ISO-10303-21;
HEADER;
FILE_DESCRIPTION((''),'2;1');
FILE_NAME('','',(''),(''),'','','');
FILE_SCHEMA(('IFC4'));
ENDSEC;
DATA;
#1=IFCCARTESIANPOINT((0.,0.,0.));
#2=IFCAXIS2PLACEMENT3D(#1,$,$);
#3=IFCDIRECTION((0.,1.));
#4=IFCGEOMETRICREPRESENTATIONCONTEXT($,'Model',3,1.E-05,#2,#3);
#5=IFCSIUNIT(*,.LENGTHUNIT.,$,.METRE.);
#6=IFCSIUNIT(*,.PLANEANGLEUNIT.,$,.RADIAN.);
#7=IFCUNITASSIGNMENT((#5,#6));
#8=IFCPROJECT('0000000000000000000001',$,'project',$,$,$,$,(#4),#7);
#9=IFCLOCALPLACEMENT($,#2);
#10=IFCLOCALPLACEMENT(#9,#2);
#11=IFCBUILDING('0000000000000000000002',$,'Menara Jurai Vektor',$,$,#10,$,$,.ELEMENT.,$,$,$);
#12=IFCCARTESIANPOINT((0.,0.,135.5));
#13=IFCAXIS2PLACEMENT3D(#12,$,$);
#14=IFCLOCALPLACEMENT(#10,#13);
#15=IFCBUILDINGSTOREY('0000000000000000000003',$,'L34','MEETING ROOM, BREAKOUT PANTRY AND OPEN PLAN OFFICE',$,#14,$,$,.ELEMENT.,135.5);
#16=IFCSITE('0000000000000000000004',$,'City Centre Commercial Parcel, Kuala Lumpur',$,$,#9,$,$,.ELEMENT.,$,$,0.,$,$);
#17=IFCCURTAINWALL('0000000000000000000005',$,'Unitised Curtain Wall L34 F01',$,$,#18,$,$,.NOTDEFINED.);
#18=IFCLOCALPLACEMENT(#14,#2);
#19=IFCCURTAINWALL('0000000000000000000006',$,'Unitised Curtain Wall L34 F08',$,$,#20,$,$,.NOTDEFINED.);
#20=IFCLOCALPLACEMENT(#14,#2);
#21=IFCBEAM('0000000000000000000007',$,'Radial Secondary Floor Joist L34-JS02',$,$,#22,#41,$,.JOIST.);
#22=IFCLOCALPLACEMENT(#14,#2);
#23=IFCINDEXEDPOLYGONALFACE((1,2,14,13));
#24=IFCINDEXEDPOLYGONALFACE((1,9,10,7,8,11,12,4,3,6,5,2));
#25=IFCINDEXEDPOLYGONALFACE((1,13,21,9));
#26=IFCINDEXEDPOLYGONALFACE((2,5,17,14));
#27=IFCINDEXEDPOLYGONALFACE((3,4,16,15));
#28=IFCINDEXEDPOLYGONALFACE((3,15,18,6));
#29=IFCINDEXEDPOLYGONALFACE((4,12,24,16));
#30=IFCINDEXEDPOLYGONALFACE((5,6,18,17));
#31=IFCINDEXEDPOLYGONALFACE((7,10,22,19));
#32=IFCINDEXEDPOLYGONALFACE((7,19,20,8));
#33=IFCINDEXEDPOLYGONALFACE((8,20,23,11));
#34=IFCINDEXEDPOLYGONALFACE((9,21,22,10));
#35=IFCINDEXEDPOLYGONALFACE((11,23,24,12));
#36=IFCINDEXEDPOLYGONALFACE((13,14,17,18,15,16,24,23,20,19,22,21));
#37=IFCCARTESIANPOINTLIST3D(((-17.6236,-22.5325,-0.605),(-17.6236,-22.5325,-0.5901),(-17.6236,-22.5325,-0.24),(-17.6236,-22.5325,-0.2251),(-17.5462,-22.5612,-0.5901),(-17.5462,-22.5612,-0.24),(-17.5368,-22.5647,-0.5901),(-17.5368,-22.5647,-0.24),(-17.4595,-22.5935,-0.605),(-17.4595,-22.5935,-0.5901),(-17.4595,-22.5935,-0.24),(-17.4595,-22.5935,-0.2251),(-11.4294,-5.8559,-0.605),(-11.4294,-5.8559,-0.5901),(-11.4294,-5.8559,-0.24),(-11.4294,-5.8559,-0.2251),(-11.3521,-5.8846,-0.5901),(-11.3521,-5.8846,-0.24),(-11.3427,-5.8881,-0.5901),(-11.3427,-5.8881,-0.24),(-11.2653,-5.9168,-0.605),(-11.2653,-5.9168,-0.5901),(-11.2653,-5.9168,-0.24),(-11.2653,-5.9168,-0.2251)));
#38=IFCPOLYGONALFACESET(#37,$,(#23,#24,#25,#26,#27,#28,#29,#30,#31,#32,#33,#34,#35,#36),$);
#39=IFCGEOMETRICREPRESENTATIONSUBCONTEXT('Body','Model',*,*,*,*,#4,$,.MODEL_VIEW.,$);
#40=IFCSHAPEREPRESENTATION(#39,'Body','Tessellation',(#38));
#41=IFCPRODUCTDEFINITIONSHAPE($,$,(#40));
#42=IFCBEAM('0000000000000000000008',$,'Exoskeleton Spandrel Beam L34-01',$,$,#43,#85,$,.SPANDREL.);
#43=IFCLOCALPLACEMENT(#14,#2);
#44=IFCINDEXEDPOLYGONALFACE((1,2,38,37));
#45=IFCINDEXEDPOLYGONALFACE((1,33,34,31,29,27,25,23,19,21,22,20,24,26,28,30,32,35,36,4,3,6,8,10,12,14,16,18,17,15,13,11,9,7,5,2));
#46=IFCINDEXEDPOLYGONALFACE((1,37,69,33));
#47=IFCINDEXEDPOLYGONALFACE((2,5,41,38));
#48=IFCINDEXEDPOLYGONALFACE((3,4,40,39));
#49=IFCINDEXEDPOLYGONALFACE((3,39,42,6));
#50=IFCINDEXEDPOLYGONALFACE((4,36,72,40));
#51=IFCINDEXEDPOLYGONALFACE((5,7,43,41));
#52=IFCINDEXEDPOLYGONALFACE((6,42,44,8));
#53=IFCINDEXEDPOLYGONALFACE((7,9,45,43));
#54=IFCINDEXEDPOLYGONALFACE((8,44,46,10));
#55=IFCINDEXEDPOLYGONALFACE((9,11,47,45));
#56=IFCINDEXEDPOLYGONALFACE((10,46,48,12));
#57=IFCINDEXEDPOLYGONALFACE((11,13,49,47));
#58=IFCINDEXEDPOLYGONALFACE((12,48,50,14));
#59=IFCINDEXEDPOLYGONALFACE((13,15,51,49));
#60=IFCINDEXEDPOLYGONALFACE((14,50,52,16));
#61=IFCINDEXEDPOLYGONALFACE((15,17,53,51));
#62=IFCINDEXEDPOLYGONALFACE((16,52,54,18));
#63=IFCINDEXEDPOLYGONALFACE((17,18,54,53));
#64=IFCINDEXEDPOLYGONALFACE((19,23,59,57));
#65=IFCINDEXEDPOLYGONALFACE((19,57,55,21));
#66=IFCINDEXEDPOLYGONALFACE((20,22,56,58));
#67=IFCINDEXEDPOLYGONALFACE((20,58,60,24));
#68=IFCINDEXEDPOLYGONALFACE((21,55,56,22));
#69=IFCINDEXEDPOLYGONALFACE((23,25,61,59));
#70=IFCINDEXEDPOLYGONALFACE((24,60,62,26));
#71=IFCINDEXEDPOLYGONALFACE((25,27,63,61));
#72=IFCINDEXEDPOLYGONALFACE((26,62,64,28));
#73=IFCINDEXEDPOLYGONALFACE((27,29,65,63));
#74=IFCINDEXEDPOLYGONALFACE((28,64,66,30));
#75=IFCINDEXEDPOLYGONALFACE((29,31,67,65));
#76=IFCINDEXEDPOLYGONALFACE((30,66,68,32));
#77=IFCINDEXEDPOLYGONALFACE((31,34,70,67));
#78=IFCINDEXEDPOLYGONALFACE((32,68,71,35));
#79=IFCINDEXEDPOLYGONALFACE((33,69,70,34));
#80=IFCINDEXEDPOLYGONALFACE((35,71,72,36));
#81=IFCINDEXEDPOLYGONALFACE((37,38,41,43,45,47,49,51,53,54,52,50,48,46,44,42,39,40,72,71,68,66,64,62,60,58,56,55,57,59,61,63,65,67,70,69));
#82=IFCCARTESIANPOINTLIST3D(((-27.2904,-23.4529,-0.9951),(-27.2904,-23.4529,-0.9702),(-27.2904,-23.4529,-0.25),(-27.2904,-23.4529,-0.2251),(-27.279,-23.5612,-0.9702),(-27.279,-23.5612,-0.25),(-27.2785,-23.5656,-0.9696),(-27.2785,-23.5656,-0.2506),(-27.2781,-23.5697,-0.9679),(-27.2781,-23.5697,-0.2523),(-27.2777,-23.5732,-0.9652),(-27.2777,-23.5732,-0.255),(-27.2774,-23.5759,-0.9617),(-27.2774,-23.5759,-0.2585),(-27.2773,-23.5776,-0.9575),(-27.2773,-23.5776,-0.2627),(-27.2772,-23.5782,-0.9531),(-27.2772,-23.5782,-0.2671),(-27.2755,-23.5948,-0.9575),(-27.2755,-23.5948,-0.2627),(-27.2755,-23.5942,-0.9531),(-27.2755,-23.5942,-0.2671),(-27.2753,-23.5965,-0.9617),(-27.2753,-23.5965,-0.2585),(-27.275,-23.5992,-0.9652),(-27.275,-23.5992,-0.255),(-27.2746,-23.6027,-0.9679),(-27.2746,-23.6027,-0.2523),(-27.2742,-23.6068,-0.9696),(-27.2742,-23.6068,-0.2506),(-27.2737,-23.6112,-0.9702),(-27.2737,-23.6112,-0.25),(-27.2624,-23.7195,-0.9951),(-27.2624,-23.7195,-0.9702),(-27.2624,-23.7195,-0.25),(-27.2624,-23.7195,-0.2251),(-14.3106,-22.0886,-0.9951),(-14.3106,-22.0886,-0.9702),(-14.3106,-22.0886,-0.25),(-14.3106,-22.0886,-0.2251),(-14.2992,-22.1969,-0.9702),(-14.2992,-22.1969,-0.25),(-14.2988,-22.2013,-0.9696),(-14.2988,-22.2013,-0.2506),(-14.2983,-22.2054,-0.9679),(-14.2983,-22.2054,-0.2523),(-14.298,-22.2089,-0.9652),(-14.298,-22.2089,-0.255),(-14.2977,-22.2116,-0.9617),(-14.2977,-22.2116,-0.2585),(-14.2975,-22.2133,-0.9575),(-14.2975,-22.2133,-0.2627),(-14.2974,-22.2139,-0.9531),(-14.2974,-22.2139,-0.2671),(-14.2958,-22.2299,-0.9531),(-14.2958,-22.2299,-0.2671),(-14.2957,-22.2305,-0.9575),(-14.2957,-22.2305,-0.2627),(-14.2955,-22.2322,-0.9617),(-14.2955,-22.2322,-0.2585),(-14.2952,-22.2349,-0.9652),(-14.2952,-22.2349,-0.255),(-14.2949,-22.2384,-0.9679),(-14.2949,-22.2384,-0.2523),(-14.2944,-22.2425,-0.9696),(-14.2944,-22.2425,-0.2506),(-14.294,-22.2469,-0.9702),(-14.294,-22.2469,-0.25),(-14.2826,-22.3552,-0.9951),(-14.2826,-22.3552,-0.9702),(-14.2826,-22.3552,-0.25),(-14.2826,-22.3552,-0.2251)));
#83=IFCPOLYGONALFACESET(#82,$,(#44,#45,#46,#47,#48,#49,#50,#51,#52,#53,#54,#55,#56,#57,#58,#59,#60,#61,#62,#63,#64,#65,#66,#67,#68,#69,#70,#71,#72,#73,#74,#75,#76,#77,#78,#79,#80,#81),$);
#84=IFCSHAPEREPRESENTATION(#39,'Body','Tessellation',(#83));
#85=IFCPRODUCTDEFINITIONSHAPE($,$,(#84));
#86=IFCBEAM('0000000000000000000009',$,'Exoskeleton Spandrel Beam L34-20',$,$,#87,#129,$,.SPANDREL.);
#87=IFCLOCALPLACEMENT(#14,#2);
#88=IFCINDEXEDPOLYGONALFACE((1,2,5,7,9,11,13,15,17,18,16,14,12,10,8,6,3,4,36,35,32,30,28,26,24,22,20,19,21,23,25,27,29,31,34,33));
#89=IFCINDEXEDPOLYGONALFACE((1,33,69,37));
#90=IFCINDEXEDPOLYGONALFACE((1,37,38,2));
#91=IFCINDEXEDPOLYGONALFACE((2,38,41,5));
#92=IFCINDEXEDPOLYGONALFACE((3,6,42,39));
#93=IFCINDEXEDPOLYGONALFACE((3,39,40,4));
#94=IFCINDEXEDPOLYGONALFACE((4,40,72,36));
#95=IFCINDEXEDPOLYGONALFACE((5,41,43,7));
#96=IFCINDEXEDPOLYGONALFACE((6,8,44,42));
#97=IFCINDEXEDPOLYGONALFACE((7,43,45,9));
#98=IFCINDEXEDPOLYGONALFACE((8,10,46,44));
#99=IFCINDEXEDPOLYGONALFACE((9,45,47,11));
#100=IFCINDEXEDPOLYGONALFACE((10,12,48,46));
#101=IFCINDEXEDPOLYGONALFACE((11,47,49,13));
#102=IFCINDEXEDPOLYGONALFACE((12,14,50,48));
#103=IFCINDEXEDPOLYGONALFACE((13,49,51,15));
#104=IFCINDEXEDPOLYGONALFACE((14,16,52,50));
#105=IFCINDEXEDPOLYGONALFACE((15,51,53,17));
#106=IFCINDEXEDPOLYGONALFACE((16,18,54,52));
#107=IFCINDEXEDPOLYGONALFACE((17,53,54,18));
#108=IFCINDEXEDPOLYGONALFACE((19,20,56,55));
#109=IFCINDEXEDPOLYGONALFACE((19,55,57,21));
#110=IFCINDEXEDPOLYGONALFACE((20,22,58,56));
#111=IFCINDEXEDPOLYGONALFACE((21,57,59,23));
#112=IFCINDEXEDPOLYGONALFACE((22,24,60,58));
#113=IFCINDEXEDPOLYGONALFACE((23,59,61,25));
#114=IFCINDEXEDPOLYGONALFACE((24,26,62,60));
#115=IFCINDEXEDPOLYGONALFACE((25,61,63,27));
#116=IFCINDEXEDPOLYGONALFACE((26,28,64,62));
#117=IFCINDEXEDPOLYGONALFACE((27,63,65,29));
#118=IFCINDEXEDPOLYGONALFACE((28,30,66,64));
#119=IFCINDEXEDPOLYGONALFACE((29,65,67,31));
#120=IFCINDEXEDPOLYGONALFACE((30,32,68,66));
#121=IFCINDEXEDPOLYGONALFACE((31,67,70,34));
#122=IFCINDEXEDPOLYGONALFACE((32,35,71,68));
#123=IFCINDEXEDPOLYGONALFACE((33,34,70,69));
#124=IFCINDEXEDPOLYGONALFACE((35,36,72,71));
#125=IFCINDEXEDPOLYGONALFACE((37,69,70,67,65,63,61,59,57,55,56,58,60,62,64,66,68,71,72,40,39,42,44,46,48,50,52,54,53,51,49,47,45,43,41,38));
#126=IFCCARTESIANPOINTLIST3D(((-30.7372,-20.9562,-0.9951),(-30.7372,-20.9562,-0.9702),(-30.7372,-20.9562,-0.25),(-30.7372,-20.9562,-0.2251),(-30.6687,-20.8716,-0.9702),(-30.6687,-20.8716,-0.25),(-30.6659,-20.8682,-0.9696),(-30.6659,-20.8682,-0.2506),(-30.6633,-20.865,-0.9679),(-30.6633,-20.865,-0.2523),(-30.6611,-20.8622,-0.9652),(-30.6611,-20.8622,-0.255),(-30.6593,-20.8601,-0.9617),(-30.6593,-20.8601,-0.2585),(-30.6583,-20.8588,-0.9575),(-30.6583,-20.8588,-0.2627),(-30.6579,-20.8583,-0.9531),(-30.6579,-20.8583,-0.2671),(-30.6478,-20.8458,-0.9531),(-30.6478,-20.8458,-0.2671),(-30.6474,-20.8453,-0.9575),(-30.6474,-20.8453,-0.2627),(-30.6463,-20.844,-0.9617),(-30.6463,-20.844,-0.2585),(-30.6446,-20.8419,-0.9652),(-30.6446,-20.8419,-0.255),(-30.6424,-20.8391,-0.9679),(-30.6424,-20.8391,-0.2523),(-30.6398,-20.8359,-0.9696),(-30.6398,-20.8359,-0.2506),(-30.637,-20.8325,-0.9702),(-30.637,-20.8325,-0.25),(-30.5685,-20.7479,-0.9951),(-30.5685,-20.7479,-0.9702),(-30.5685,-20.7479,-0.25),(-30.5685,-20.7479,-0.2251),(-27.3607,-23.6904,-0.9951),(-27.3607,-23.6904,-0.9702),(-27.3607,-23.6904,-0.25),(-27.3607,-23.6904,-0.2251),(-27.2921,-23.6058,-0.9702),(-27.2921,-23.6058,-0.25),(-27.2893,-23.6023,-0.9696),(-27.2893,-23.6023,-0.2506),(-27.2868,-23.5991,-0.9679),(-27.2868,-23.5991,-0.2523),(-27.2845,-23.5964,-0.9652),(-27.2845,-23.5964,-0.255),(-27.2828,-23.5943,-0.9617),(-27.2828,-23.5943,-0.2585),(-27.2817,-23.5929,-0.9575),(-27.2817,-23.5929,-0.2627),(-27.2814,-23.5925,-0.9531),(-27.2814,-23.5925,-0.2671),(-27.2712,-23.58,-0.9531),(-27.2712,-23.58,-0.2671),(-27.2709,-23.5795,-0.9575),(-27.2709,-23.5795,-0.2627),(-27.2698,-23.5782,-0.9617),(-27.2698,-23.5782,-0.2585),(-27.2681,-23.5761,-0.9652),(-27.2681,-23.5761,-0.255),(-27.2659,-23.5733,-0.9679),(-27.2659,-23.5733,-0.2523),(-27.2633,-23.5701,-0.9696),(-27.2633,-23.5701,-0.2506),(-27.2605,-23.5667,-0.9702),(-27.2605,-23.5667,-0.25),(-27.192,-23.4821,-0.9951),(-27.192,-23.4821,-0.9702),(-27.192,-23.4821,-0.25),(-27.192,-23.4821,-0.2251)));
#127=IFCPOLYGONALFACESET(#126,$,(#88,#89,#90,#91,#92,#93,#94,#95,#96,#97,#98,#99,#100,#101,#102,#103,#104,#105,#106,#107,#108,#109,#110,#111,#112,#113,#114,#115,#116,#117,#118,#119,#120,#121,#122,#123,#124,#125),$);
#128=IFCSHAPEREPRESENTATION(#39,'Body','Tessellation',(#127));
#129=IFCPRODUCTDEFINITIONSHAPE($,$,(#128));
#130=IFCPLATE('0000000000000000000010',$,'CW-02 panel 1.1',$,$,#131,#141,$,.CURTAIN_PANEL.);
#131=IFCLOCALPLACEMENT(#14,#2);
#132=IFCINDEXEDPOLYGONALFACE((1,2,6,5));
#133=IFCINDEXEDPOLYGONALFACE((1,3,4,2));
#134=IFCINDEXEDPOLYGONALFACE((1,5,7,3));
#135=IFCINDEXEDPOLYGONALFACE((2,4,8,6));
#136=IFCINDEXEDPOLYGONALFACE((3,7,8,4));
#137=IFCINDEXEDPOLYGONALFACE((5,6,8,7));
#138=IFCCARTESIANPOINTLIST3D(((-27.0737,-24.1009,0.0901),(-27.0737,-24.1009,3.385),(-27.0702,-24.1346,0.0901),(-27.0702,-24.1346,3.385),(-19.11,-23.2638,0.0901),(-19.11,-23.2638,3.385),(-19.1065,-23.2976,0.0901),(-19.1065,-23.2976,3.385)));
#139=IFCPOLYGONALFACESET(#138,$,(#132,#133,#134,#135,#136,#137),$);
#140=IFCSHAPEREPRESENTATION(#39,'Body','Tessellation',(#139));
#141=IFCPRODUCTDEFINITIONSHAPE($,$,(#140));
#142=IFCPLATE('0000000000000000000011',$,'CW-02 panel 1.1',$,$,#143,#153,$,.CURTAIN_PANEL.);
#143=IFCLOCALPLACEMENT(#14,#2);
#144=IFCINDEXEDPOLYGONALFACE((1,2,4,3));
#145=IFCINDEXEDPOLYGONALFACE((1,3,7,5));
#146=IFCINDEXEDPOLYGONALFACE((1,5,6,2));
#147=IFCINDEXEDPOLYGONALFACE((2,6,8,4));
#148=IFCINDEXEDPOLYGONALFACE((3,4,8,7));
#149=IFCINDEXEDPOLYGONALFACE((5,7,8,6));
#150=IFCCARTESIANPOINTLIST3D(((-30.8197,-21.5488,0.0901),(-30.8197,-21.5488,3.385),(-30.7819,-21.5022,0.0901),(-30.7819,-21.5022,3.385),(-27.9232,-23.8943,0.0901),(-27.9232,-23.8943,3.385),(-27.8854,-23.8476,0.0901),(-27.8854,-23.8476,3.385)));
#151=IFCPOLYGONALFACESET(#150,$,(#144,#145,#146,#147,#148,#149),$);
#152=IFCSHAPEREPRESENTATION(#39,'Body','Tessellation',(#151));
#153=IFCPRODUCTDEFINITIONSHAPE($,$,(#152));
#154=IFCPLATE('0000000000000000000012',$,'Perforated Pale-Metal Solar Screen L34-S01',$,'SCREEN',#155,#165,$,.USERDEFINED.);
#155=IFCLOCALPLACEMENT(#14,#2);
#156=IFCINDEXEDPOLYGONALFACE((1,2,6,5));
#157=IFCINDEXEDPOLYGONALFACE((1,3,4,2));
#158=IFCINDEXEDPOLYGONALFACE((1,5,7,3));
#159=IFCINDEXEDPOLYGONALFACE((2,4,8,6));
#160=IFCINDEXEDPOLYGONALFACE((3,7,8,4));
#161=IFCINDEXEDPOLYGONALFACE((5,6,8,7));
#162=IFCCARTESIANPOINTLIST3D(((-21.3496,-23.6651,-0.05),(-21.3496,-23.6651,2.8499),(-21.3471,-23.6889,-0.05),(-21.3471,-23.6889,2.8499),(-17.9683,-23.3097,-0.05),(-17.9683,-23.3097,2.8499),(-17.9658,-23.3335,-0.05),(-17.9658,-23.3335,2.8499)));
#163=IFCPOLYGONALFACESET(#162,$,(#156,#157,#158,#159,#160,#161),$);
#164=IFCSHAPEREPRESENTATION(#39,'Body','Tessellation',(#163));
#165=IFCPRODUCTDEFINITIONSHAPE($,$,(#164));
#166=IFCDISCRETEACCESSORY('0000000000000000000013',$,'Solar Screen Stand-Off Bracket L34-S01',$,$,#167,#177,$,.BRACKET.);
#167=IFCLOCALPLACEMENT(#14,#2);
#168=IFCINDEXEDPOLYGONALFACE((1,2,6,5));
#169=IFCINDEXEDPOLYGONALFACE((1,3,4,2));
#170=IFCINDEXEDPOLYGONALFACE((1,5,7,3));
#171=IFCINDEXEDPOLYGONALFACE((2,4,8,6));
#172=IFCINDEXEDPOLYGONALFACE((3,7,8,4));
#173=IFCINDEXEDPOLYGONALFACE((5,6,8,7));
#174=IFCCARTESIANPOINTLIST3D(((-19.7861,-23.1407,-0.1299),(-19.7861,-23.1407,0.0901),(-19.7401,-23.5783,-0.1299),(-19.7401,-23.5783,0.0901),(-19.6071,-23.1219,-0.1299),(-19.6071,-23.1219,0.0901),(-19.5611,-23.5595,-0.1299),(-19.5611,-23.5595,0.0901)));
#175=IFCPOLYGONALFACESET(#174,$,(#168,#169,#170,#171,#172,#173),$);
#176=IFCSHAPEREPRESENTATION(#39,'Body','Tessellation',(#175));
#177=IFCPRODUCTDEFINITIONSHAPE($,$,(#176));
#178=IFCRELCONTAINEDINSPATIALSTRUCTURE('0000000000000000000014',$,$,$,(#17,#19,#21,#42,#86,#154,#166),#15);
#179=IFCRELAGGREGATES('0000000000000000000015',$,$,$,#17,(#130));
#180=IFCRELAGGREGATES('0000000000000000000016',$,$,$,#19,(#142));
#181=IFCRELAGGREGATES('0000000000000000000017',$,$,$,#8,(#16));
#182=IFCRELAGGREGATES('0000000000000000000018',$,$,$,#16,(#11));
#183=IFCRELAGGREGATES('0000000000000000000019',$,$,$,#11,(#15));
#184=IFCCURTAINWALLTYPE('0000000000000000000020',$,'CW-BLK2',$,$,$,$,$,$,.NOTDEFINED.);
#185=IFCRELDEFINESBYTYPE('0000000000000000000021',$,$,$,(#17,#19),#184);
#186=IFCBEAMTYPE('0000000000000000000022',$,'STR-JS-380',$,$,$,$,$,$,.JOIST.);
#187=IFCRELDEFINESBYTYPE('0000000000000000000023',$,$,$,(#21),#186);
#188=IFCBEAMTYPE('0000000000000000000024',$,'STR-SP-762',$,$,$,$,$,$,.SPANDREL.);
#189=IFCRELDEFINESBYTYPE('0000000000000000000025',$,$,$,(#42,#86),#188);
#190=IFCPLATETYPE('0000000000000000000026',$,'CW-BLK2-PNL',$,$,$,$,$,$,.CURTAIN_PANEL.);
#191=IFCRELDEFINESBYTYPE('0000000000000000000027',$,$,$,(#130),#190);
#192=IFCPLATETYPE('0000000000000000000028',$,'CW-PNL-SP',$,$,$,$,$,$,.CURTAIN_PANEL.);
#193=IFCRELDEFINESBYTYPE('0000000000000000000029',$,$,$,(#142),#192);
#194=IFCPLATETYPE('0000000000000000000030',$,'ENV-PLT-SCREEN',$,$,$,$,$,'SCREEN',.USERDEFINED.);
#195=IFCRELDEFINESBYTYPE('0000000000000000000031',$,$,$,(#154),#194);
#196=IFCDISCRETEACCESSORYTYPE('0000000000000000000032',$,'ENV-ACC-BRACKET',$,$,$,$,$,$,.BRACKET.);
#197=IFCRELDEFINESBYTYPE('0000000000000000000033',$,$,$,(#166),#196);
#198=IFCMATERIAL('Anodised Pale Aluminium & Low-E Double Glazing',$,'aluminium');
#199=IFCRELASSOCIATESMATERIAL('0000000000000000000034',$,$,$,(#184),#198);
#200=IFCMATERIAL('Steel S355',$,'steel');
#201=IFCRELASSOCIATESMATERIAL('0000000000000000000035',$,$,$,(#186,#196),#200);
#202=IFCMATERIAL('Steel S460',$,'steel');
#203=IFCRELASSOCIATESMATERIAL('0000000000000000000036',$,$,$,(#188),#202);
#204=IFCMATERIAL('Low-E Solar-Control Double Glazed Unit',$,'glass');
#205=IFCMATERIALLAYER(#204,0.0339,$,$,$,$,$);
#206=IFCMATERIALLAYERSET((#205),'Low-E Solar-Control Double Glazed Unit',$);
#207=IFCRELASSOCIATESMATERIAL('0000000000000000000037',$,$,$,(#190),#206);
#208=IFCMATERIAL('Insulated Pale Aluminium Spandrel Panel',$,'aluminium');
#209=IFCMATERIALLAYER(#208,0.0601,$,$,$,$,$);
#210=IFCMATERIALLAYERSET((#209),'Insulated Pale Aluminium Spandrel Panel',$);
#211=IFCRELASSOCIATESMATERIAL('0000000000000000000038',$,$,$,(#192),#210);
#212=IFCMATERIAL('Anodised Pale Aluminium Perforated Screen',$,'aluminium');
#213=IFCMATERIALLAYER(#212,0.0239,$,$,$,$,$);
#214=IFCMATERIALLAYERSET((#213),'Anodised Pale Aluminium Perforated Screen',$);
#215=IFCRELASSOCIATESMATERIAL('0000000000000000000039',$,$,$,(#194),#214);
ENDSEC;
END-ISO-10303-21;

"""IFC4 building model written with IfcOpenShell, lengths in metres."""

from ifc_helpers import new_model, si_unit, direction, frame, origin, origin_2d, place, context, subcontext, project, spatial, rectangle, i_section, extrude, material, layer, layer_set, material_profile, profile_set, type_object, element, aggregate, save


model = new_model("IFC4")

# Units and contexts
model_context = context("Model", 3, precision=1e-05, world=origin(), true_north=direction((0.0, 1.0)))
body_context = subcontext(model_context, "Body", "Model", "MODEL_VIEW")
ifc_project = project(units=[si_unit("LENGTHUNIT", "METRE"), si_unit("PLANEANGLEUNIT", "RADIAN")], contexts=[model_context])

# Site, building, storey
site_placement = place(None, origin())
site = spatial("IfcSite", under=ifc_project, at=site_placement, Name="City Centre Commercial Parcel, Kuala Lumpur", CompositionType="ELEMENT", RefElevation=0.0)
building_placement = place(site_placement, origin())
building = spatial("IfcBuilding", under=site, at=building_placement, Name="Menara Jurai Vektor", CompositionType="ELEMENT")
storey_placement = place(building_placement, frame((0.0, 0.0, 135.5)))
storey = spatial("IfcBuildingStorey", under=building, at=storey_placement, Name="L34", Description="MEETING ROOM, BREAKOUT PANTRY AND OPEN PLAN OFFICE", CompositionType="ELEMENT", Elevation=135.5)

# Shared definitions
ifc_material_1 = material(Name="Steel S460", Category="steel")

# Curtain walls
ifc_material_2 = material(Name="Anodised Pale Aluminium & Low-E Double Glazing", Category="aluminium")
curtain_wall_type = type_object("IfcCurtainWallType", Name="CW-BLK2", PredefinedType="NOTDEFINED", material=ifc_material_2)
curtain_wall_1_placement = place(storey_placement, origin())
curtain_wall_1 = element("IfcCurtainWall", 1, at=curtain_wall_1_placement, inside=storey, type_object=curtain_wall_type, Name="Unitised Curtain Wall L34 F01", PredefinedType="NOTDEFINED")
curtain_wall_2_placement = place(storey_placement, origin())
curtain_wall_2 = element("IfcCurtainWall", 2, at=curtain_wall_2_placement, inside=storey, type_object=curtain_wall_type, Name="Unitised Curtain Wall L34 F08", PredefinedType="NOTDEFINED")

# Shared definitions
ifc_material_3 = material(Name="Steel S355", Category="steel")

# Beams
ifc_material_profile_1 = material_profile(ifc_material_3, i_section(OverallWidth=0.175, OverallDepth=0.3799, WebThickness=0.01, FlangeThickness=0.0149, at=origin_2d()), Name="PG 380x175x58")
ifc_profile_set_1 = profile_set([ifc_material_profile_1], Name="Steel S355")
beam_type_1 = type_object("IfcBeamType", Name="STR-JS-380", PredefinedType="JOIST", material=ifc_profile_set_1)
beam_1_placement = place(storey_placement, frame((-17.5415, -22.563, -0.415), z_axis=(0.348184, 0.937426, 0.0), x_axis=(-0.937426, 0.348184, 0.0)))
element("IfcBeam", 3, at=beam_1_placement, inside=storey, type_object=beam_type_1, Name="Radial Secondary Floor Joist L34-JS02", PredefinedType="JOIST", context=body_context, shape_type="SweptSolid", body=[
    extrude(i_section(OverallWidth=0.175, OverallDepth=0.3799, WebThickness=0.01, FlangeThickness=0.0149, at=origin_2d()), origin(), (0.0, 0.0, 1.0), 17.7898),
])
ifc_material_profile_2 = material_profile(ifc_material_1, i_section(OverallWidth=0.2681, OverallDepth=0.77, WebThickness=0.0161, FlangeThickness=0.0249, FilletRadius=0.0171, at=origin_2d()), Name="UKB 762x267x197")
ifc_profile_set_2 = profile_set([ifc_material_profile_2], Name="Steel S460")
beam_type_2 = type_object("IfcBeamType", Name="STR-SP-762", PredefinedType="SPANDREL", material=ifc_profile_set_2)
beam_2_placement = place(storey_placement, frame((-27.2764, -23.5862, -0.6101), z_axis=(0.994522, 0.104531, 0.0), x_axis=(-0.104531, 0.994522, 0.0)))
element("IfcBeam", 4, at=beam_2_placement, inside=storey, type_object=beam_type_2, Name="Exoskeleton Spandrel Beam L34-01", PredefinedType="SPANDREL", context=body_context, shape_type="SweptSolid", body=[
    extrude(i_section(OverallWidth=0.2681, OverallDepth=0.77, WebThickness=0.0161, FlangeThickness=0.0249, FilletRadius=0.0171, at=origin_2d()), origin(), (0.0, 0.0, 1.0), 13.0513),
])
beam_3_placement = place(storey_placement, frame((-30.6528, -20.8521, -0.6101), z_axis=(0.777155, -0.62931, 0.0), x_axis=(0.62931, 0.777155, 0.0)))
element("IfcBeam", 5, at=beam_3_placement, inside=storey, type_object=beam_type_2, Name="Exoskeleton Spandrel Beam L34-20", PredefinedType="SPANDREL", context=body_context, shape_type="SweptSolid", body=[
    extrude(i_section(OverallWidth=0.2681, OverallDepth=0.77, WebThickness=0.0161, FlangeThickness=0.0249, FilletRadius=0.0171, at=origin_2d()), origin(), (0.0, 0.0, 1.0), 4.3447),
])

# Plates
ifc_material_4 = material(Name="Low-E Solar-Control Double Glazed Unit", Category="glass")
ifc_layer_1 = layer(ifc_material_4, 0.0339)
ifc_layer_set_1 = layer_set([ifc_layer_1], Name="Low-E Solar-Control Double Glazed Unit")
plate_type_1 = type_object("IfcPlateType", Name="CW-BLK2-PNL", PredefinedType="CURTAIN_PANEL", material=ifc_layer_set_1)
plate_1_placement = place(storey_placement, frame((-23.0901, -23.6992, 0.0901), z_axis=(0.0, 0.0, 1.0), x_axis=(0.994522, 0.104529, 0.0)))
plate_1 = element("IfcPlate", 6, at=plate_1_placement, type_object=plate_type_1, Name="CW-02 panel 1.1", PredefinedType="CURTAIN_PANEL", context=body_context, shape_type="SweptSolid", body=[
    extrude(rectangle(XDim=8.0076, YDim=0.0339, at=origin_2d()), origin(), (0.0, 0.0, 1.0), 3.2949),
])
aggregate(curtain_wall_1, [plate_1])
ifc_material_5 = material(Name="Insulated Pale Aluminium Spandrel Panel", Category="aluminium")
ifc_layer_2 = layer(ifc_material_5, 0.0601)
ifc_layer_set_2 = layer_set([ifc_layer_2], Name="Insulated Pale Aluminium Spandrel Panel")
plate_type_2 = type_object("IfcPlateType", Name="CW-PNL-SP", PredefinedType="CURTAIN_PANEL", material=ifc_layer_set_2)
plate_2_placement = place(storey_placement, frame((-29.3525, -22.6982, 0.0901), z_axis=(0.0, 0.0, 1.0), x_axis=(0.777152, -0.629313, 0.0)))
plate_2 = element("IfcPlate", 7, at=plate_2_placement, type_object=plate_type_2, Name="CW-02 panel 1.1", PredefinedType="CURTAIN_PANEL", context=body_context, shape_type="SweptSolid", body=[
    extrude(rectangle(XDim=3.7271, YDim=0.0601, at=origin_2d()), origin(), (0.0, 0.0, 1.0), 3.2949),
])
aggregate(curtain_wall_2, [plate_2])
ifc_material_6 = material(Name="Anodised Pale Aluminium Perforated Screen", Category="aluminium")
ifc_layer_3 = layer(ifc_material_6, 0.0239)
ifc_layer_set_3 = layer_set([ifc_layer_3], Name="Anodised Pale Aluminium Perforated Screen")
plate_type_3 = type_object("IfcPlateType", Name="ENV-PLT-SCREEN", ElementType="SCREEN", PredefinedType="USERDEFINED", material=ifc_layer_set_3)
plate_3_placement = place(storey_placement, frame((-19.6577, -23.4993, -0.05), z_axis=(0.0, 0.0, 1.0), x_axis=(0.994522, 0.104528, 0.0)))
element("IfcPlate", 8, at=plate_3_placement, inside=storey, type_object=plate_type_3, Name="Perforated Pale-Metal Solar Screen L34-S01", ObjectType="SCREEN", PredefinedType="USERDEFINED", context=body_context, shape_type="SweptSolid", body=[
    extrude(rectangle(XDim=3.3999, YDim=0.0239, at=origin_2d()), origin(), (0.0, 0.0, 1.0), 2.8999),
])

# Discrete accessory
discrete_accessory_type = type_object("IfcDiscreteAccessoryType", Name="ENV-ACC-BRACKET", PredefinedType="BRACKET", material=ifc_material_3)
discrete_accessory_placement = place(storey_placement, frame((-19.6736, -23.3501, -0.1299), z_axis=(0.0, 0.0, 1.0), x_axis=(0.994522, 0.104528, 0.0)))
element("IfcDiscreteAccessory", 9, at=discrete_accessory_placement, inside=storey, type_object=discrete_accessory_type, Name="Solar Screen Stand-Off Bracket L34-S01", PredefinedType="BRACKET", context=body_context, shape_type="SweptSolid", body=[
    extrude(rectangle(XDim=0.1799, YDim=0.4399, at=origin_2d()), origin(), (0.0, 0.0, 1.0), 0.22),
])

save(model, "model.ifc")
